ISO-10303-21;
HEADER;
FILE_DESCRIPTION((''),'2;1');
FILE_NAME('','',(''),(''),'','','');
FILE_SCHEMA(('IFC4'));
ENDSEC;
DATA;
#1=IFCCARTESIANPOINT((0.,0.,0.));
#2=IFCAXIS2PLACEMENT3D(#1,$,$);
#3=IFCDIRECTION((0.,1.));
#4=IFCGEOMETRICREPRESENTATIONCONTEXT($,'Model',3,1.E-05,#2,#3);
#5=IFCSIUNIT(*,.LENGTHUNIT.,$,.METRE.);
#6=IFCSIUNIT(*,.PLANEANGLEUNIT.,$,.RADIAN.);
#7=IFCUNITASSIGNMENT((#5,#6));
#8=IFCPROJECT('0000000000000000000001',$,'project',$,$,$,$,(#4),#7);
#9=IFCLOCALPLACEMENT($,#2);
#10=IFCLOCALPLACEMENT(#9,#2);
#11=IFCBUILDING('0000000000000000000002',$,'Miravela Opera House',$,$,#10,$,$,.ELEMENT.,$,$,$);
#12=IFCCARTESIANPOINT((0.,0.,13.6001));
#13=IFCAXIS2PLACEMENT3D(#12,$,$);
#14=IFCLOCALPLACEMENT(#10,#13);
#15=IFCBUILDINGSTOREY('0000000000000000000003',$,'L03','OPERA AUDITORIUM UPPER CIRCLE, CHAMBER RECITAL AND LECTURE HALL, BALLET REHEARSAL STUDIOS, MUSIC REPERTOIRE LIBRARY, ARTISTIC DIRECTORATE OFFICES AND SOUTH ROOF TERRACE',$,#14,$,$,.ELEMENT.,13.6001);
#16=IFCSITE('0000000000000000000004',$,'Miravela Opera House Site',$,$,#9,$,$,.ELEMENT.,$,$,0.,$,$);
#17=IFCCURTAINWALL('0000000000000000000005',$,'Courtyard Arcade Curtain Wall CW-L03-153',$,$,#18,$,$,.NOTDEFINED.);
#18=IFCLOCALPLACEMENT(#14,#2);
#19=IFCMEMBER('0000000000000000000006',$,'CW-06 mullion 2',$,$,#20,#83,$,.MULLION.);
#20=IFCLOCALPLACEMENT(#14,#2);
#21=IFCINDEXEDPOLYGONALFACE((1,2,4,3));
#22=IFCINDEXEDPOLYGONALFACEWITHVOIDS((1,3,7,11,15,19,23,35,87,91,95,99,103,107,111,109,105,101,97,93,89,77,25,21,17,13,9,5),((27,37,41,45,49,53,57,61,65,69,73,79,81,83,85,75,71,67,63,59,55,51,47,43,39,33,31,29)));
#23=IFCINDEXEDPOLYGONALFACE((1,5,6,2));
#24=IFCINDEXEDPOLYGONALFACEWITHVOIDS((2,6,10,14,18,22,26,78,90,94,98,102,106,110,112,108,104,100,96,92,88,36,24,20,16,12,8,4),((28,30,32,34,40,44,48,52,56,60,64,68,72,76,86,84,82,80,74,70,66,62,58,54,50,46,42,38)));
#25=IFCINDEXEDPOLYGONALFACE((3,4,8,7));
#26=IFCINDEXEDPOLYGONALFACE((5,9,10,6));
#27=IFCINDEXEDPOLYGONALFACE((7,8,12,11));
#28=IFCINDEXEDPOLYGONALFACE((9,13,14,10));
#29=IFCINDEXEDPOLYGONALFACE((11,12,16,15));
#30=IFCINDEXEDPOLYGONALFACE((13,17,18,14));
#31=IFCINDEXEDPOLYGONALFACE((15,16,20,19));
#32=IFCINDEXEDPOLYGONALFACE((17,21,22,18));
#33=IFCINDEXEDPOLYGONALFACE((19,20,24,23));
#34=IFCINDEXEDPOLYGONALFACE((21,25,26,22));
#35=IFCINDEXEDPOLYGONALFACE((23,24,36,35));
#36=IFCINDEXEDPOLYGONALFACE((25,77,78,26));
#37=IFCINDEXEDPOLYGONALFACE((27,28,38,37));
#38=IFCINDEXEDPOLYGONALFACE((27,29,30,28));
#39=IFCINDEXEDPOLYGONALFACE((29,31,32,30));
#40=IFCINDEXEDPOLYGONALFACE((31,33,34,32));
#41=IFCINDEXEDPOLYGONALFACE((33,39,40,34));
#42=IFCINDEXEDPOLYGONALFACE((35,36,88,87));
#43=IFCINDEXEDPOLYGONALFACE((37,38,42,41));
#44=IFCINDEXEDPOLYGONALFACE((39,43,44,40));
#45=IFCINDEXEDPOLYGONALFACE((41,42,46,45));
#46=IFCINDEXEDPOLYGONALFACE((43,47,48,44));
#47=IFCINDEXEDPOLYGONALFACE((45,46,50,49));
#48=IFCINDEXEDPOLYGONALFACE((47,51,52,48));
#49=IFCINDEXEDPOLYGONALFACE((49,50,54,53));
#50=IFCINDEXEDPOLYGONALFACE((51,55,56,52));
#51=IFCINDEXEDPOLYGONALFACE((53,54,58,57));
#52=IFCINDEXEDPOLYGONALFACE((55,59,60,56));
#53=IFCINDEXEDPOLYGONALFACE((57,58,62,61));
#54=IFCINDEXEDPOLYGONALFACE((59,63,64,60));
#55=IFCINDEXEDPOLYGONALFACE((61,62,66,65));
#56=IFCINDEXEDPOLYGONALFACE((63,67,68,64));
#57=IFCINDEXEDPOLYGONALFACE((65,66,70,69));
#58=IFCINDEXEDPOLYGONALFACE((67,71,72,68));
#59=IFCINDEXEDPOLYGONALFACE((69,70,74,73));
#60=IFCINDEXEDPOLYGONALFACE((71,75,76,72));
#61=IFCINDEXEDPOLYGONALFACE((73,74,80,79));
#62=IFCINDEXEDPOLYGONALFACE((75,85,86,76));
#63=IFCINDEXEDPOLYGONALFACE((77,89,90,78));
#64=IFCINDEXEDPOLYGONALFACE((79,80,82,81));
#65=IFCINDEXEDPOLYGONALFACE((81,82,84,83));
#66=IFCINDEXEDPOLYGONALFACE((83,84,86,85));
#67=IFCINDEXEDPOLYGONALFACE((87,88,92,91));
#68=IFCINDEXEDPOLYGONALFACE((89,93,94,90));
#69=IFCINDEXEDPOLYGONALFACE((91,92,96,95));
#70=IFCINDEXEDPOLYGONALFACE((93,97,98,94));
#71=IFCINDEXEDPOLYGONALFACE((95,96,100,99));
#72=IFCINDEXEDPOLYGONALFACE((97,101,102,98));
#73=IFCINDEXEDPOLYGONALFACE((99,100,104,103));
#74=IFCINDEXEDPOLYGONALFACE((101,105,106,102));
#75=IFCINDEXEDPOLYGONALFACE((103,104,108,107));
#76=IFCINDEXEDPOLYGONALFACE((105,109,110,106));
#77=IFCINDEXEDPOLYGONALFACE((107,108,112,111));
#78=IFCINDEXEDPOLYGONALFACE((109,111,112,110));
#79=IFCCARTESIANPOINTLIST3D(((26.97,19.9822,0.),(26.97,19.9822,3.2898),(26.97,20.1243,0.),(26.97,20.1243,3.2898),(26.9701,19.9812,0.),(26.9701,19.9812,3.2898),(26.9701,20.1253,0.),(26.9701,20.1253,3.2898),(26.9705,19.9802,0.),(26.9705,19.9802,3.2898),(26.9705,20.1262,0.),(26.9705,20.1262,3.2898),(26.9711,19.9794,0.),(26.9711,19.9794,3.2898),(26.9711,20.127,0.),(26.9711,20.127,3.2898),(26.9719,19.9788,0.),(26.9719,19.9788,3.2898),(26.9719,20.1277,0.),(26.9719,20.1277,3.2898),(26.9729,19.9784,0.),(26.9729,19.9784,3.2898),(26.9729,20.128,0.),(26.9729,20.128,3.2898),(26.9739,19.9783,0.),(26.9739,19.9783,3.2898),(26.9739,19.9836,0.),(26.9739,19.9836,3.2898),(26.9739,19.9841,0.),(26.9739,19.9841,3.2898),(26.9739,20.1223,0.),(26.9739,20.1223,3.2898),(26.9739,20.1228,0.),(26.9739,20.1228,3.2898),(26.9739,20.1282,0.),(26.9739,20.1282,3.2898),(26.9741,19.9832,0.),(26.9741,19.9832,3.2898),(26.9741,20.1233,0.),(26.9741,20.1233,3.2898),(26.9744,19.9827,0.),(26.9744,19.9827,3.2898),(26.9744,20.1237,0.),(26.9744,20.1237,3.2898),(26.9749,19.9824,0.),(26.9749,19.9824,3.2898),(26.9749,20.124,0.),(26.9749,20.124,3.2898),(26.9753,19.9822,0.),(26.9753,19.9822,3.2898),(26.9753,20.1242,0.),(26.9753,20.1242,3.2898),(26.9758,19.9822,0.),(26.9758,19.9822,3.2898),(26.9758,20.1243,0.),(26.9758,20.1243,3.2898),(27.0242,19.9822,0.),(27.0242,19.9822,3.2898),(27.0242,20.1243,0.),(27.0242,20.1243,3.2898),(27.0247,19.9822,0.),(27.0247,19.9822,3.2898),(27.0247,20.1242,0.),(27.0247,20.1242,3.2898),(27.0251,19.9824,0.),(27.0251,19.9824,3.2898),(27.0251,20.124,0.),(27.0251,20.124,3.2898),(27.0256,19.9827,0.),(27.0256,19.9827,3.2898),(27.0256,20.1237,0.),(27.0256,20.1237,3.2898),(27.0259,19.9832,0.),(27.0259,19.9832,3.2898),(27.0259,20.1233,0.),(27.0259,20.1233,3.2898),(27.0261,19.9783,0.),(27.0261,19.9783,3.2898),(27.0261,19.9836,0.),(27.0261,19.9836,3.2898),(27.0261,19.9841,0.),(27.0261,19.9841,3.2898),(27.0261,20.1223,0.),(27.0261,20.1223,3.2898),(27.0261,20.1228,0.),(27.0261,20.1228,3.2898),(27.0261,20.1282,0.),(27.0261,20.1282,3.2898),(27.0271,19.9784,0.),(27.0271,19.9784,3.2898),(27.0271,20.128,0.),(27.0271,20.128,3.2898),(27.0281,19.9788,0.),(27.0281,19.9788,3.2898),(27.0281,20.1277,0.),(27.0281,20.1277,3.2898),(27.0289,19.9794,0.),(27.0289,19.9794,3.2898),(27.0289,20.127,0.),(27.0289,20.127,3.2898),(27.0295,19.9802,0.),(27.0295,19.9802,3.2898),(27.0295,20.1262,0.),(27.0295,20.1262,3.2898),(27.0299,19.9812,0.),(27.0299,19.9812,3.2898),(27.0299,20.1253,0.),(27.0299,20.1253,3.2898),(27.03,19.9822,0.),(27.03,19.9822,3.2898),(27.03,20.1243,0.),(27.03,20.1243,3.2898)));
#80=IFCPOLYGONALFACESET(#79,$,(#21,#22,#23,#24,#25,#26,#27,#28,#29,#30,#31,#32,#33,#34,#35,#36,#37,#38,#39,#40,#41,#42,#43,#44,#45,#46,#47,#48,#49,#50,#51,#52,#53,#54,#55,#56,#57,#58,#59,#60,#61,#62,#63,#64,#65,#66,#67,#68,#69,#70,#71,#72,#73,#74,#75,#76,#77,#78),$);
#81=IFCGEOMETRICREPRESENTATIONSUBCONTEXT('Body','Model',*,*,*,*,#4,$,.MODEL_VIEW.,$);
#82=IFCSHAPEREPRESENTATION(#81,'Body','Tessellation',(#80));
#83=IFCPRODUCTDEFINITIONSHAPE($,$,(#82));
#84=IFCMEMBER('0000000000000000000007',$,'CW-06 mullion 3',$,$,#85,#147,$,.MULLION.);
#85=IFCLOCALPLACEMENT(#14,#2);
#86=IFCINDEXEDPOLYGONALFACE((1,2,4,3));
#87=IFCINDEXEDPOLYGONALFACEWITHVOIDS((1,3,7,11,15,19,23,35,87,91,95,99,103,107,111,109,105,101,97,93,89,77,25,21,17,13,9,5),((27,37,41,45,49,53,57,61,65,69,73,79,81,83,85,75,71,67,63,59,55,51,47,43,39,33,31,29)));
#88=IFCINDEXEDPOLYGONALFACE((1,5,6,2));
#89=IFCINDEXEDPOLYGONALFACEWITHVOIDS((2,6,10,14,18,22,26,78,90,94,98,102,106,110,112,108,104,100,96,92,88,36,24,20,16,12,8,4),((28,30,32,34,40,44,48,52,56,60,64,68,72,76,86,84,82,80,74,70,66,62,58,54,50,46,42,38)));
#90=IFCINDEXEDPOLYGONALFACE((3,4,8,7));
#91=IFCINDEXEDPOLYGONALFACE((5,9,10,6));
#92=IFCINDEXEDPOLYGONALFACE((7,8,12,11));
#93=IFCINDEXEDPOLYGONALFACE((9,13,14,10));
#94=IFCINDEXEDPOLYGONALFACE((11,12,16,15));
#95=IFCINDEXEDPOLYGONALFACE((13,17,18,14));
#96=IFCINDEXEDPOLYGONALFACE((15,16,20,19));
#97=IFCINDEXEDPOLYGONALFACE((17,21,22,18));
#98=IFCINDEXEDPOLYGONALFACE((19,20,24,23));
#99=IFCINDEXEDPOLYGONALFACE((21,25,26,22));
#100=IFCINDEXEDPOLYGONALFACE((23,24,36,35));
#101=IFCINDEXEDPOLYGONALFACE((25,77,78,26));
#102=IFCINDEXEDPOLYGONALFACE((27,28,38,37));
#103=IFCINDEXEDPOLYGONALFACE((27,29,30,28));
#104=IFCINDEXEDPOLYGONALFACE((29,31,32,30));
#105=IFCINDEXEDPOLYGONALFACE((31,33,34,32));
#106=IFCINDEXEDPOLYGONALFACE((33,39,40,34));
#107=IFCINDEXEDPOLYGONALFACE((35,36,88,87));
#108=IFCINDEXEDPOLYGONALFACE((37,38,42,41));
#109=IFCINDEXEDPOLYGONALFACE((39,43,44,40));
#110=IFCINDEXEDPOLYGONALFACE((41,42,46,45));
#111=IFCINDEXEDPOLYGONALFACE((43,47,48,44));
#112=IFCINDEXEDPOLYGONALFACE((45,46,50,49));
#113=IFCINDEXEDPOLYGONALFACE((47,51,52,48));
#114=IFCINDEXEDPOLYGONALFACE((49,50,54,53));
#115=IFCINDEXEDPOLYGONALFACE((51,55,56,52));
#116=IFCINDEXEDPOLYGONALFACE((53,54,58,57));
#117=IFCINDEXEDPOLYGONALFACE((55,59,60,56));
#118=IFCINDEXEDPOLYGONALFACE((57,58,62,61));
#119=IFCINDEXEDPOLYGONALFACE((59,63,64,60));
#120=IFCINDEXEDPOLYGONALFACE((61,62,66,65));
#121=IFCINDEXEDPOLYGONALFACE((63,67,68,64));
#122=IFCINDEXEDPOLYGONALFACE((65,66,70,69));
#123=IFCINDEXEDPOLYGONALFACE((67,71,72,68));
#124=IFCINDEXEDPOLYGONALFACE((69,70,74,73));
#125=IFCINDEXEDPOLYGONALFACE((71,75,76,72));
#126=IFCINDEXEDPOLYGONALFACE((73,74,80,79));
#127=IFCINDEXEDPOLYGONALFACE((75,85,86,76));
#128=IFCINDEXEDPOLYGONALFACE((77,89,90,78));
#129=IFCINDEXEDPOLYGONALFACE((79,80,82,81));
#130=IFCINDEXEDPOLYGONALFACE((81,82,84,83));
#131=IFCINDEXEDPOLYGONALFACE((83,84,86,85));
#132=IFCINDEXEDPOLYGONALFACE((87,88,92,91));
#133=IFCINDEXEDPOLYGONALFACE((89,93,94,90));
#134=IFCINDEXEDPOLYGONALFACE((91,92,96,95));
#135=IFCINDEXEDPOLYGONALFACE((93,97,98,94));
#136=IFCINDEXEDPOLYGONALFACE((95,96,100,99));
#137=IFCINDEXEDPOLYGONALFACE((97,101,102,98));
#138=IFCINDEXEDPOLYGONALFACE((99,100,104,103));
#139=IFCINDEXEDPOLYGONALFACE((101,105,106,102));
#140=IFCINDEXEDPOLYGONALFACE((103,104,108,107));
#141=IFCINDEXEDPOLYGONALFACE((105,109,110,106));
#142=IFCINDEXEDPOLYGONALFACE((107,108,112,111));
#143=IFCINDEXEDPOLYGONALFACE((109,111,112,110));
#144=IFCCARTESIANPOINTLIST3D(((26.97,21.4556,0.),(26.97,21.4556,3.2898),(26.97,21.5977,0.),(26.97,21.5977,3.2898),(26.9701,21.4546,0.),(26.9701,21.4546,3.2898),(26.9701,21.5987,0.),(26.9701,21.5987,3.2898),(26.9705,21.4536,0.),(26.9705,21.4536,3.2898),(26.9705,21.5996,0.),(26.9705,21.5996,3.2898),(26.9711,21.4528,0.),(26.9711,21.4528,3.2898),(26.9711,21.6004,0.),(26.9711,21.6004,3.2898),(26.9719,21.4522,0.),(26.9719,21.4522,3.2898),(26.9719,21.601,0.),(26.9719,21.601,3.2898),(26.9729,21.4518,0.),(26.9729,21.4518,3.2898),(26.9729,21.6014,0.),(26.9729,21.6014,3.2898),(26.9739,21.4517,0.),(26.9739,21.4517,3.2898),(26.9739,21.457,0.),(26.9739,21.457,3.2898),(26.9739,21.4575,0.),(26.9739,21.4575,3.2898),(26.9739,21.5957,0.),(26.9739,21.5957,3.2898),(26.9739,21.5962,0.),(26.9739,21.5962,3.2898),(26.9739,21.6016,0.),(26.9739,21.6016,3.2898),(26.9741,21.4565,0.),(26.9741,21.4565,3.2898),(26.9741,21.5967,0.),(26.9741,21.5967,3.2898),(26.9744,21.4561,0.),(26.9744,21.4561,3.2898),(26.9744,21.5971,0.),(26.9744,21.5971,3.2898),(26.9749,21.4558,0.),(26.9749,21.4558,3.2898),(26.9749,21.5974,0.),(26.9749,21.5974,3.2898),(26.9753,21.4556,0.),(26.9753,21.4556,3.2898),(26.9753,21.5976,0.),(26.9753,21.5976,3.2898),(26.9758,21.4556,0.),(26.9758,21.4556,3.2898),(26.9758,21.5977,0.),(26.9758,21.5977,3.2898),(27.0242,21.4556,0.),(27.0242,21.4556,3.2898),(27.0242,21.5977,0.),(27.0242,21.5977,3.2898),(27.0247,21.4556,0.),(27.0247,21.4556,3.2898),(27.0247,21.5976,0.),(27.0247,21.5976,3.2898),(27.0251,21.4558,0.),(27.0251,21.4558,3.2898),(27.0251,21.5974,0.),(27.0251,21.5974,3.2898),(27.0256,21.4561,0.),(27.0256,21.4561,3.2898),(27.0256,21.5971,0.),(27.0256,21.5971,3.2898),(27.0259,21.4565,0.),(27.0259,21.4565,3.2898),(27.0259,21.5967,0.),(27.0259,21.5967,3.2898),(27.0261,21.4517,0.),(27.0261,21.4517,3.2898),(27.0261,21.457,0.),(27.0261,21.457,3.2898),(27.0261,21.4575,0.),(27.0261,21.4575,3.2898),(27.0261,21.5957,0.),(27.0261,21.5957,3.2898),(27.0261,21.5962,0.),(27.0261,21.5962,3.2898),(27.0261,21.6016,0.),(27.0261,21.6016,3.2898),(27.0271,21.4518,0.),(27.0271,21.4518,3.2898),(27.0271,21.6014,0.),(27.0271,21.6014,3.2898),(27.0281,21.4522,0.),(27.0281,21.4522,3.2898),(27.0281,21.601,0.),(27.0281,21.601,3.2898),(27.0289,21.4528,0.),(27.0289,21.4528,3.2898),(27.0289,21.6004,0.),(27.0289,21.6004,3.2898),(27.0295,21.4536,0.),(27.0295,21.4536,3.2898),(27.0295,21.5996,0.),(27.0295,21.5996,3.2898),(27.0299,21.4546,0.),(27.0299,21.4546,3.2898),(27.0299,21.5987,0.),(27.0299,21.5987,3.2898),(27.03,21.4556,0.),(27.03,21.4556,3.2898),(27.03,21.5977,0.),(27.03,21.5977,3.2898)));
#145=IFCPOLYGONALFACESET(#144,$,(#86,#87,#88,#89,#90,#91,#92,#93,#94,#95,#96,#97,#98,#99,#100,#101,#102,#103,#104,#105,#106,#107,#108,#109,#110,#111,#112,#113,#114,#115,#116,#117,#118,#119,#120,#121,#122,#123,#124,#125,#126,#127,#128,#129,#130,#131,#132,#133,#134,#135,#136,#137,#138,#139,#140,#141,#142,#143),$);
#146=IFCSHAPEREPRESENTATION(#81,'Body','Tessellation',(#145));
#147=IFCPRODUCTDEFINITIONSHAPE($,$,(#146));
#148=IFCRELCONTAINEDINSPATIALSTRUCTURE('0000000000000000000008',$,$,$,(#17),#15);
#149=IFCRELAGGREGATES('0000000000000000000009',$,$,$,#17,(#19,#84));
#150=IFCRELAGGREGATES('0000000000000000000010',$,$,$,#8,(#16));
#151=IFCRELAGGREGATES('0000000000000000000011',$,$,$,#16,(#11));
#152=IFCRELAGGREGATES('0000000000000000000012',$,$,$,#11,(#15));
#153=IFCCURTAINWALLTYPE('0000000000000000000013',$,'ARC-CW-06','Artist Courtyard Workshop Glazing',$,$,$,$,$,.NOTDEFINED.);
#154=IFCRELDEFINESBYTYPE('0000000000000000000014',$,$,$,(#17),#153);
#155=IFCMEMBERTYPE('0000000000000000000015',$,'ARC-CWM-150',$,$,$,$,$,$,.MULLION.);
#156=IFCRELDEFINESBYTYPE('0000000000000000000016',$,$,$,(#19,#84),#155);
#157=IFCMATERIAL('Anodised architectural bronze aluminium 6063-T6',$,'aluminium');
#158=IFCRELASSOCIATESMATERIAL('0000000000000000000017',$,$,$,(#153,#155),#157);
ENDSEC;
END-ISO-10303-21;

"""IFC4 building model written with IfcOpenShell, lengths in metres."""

from ifc_helpers import new_model, si_unit, direction, frame, origin, origin_2d, place, context, subcontext, project, spatial, hollow_rectangle, extrude, material, material_profile, profile_set, type_object, element, aggregate, save


model = new_model("IFC4")

# Units and contexts
model_context = context("Model", 3, precision=1e-05, world=origin(), true_north=direction((0.0, 1.0)))
body_context = subcontext(model_context, "Body", "Model", "MODEL_VIEW")
ifc_project = project(units=[si_unit("LENGTHUNIT", "METRE"), si_unit("PLANEANGLEUNIT", "RADIAN")], contexts=[model_context])

# Site, building, storey
site_placement = place(None, origin())
site = spatial("IfcSite", under=ifc_project, at=site_placement, Name="Miravela Opera House Site", CompositionType="ELEMENT", RefElevation=0.0)
building_placement = place(site_placement, origin())
building = spatial("IfcBuilding", under=site, at=building_placement, Name="Miravela Opera House", CompositionType="ELEMENT")
storey_placement = place(building_placement, frame((0.0, 0.0, 13.6001)))
storey = spatial("IfcBuildingStorey", under=building, at=storey_placement, Name="L03", Description="OPERA AUDITORIUM UPPER CIRCLE, CHAMBER RECITAL AND LECTURE HALL, BALLET REHEARSAL STUDIOS, MUSIC REPERTOIRE LIBRARY, ARTISTIC DIRECTORATE OFFICES AND SOUTH ROOF TERRACE", CompositionType="ELEMENT", Elevation=13.6001)

# Curtain wall, members
ifc_material_1 = material(Name="Anodised architectural bronze aluminium 6063-T6", Category="aluminium")
curtain_wall_type = type_object("IfcCurtainWallType", Name="ARC-CW-06", Description="Artist Courtyard Workshop Glazing", PredefinedType="NOTDEFINED", material=ifc_material_1)
curtain_wall_placement = place(storey_placement, origin())
curtain_wall = element("IfcCurtainWall", 1, at=curtain_wall_placement, inside=storey, type_object=curtain_wall_type, Name="Courtyard Arcade Curtain Wall CW-L03-153", PredefinedType="NOTDEFINED")
ifc_material_profile_1 = material_profile(ifc_material_1, hollow_rectangle(XDim=0.0601, YDim=0.1499, WallThickness=0.0039, InnerFilletRadius=0.002, OuterFilletRadius=0.0039, at=origin_2d()), Name="CWM-60X150")
ifc_profile_set_1 = profile_set([ifc_material_profile_1])
member_type_1 = type_object("IfcMemberType", Name="ARC-CWM-150", PredefinedType="MULLION", material=ifc_profile_set_1)
member_1_placement = place(storey_placement, frame((27.0, 20.0532, 0.0), z_axis=(0.0, 0.0, 1.0), x_axis=(-1.0, 0.0, 0.0)))
member_1 = element("IfcMember", 2, at=member_1_placement, type_object=member_type_1, Name="CW-06 mullion 2", PredefinedType="MULLION", context=body_context, shape_type="SweptSolid", body=[
    extrude(hollow_rectangle(XDim=0.0601, YDim=0.1499, WallThickness=0.0039, InnerFilletRadius=0.002, OuterFilletRadius=0.0039, at=origin_2d()), origin(), (0.0, 0.0, 1.0), 3.2898),
])
member_2_placement = place(storey_placement, frame((27.0, 21.5266, 0.0), z_axis=(0.0, 0.0, 1.0), x_axis=(-1.0, 0.0, 0.0)))
member_2 = element("IfcMember", 3, at=member_2_placement, type_object=member_type_1, Name="CW-06 mullion 3", PredefinedType="MULLION", context=body_context, shape_type="SweptSolid", body=[
    extrude(hollow_rectangle(XDim=0.0601, YDim=0.1499, WallThickness=0.0039, InnerFilletRadius=0.002, OuterFilletRadius=0.0039, at=origin_2d()), origin(), (0.0, 0.0, 1.0), 3.2898),
])
aggregate(curtain_wall, [member_1, member_2])

save(model, "model.ifc")
